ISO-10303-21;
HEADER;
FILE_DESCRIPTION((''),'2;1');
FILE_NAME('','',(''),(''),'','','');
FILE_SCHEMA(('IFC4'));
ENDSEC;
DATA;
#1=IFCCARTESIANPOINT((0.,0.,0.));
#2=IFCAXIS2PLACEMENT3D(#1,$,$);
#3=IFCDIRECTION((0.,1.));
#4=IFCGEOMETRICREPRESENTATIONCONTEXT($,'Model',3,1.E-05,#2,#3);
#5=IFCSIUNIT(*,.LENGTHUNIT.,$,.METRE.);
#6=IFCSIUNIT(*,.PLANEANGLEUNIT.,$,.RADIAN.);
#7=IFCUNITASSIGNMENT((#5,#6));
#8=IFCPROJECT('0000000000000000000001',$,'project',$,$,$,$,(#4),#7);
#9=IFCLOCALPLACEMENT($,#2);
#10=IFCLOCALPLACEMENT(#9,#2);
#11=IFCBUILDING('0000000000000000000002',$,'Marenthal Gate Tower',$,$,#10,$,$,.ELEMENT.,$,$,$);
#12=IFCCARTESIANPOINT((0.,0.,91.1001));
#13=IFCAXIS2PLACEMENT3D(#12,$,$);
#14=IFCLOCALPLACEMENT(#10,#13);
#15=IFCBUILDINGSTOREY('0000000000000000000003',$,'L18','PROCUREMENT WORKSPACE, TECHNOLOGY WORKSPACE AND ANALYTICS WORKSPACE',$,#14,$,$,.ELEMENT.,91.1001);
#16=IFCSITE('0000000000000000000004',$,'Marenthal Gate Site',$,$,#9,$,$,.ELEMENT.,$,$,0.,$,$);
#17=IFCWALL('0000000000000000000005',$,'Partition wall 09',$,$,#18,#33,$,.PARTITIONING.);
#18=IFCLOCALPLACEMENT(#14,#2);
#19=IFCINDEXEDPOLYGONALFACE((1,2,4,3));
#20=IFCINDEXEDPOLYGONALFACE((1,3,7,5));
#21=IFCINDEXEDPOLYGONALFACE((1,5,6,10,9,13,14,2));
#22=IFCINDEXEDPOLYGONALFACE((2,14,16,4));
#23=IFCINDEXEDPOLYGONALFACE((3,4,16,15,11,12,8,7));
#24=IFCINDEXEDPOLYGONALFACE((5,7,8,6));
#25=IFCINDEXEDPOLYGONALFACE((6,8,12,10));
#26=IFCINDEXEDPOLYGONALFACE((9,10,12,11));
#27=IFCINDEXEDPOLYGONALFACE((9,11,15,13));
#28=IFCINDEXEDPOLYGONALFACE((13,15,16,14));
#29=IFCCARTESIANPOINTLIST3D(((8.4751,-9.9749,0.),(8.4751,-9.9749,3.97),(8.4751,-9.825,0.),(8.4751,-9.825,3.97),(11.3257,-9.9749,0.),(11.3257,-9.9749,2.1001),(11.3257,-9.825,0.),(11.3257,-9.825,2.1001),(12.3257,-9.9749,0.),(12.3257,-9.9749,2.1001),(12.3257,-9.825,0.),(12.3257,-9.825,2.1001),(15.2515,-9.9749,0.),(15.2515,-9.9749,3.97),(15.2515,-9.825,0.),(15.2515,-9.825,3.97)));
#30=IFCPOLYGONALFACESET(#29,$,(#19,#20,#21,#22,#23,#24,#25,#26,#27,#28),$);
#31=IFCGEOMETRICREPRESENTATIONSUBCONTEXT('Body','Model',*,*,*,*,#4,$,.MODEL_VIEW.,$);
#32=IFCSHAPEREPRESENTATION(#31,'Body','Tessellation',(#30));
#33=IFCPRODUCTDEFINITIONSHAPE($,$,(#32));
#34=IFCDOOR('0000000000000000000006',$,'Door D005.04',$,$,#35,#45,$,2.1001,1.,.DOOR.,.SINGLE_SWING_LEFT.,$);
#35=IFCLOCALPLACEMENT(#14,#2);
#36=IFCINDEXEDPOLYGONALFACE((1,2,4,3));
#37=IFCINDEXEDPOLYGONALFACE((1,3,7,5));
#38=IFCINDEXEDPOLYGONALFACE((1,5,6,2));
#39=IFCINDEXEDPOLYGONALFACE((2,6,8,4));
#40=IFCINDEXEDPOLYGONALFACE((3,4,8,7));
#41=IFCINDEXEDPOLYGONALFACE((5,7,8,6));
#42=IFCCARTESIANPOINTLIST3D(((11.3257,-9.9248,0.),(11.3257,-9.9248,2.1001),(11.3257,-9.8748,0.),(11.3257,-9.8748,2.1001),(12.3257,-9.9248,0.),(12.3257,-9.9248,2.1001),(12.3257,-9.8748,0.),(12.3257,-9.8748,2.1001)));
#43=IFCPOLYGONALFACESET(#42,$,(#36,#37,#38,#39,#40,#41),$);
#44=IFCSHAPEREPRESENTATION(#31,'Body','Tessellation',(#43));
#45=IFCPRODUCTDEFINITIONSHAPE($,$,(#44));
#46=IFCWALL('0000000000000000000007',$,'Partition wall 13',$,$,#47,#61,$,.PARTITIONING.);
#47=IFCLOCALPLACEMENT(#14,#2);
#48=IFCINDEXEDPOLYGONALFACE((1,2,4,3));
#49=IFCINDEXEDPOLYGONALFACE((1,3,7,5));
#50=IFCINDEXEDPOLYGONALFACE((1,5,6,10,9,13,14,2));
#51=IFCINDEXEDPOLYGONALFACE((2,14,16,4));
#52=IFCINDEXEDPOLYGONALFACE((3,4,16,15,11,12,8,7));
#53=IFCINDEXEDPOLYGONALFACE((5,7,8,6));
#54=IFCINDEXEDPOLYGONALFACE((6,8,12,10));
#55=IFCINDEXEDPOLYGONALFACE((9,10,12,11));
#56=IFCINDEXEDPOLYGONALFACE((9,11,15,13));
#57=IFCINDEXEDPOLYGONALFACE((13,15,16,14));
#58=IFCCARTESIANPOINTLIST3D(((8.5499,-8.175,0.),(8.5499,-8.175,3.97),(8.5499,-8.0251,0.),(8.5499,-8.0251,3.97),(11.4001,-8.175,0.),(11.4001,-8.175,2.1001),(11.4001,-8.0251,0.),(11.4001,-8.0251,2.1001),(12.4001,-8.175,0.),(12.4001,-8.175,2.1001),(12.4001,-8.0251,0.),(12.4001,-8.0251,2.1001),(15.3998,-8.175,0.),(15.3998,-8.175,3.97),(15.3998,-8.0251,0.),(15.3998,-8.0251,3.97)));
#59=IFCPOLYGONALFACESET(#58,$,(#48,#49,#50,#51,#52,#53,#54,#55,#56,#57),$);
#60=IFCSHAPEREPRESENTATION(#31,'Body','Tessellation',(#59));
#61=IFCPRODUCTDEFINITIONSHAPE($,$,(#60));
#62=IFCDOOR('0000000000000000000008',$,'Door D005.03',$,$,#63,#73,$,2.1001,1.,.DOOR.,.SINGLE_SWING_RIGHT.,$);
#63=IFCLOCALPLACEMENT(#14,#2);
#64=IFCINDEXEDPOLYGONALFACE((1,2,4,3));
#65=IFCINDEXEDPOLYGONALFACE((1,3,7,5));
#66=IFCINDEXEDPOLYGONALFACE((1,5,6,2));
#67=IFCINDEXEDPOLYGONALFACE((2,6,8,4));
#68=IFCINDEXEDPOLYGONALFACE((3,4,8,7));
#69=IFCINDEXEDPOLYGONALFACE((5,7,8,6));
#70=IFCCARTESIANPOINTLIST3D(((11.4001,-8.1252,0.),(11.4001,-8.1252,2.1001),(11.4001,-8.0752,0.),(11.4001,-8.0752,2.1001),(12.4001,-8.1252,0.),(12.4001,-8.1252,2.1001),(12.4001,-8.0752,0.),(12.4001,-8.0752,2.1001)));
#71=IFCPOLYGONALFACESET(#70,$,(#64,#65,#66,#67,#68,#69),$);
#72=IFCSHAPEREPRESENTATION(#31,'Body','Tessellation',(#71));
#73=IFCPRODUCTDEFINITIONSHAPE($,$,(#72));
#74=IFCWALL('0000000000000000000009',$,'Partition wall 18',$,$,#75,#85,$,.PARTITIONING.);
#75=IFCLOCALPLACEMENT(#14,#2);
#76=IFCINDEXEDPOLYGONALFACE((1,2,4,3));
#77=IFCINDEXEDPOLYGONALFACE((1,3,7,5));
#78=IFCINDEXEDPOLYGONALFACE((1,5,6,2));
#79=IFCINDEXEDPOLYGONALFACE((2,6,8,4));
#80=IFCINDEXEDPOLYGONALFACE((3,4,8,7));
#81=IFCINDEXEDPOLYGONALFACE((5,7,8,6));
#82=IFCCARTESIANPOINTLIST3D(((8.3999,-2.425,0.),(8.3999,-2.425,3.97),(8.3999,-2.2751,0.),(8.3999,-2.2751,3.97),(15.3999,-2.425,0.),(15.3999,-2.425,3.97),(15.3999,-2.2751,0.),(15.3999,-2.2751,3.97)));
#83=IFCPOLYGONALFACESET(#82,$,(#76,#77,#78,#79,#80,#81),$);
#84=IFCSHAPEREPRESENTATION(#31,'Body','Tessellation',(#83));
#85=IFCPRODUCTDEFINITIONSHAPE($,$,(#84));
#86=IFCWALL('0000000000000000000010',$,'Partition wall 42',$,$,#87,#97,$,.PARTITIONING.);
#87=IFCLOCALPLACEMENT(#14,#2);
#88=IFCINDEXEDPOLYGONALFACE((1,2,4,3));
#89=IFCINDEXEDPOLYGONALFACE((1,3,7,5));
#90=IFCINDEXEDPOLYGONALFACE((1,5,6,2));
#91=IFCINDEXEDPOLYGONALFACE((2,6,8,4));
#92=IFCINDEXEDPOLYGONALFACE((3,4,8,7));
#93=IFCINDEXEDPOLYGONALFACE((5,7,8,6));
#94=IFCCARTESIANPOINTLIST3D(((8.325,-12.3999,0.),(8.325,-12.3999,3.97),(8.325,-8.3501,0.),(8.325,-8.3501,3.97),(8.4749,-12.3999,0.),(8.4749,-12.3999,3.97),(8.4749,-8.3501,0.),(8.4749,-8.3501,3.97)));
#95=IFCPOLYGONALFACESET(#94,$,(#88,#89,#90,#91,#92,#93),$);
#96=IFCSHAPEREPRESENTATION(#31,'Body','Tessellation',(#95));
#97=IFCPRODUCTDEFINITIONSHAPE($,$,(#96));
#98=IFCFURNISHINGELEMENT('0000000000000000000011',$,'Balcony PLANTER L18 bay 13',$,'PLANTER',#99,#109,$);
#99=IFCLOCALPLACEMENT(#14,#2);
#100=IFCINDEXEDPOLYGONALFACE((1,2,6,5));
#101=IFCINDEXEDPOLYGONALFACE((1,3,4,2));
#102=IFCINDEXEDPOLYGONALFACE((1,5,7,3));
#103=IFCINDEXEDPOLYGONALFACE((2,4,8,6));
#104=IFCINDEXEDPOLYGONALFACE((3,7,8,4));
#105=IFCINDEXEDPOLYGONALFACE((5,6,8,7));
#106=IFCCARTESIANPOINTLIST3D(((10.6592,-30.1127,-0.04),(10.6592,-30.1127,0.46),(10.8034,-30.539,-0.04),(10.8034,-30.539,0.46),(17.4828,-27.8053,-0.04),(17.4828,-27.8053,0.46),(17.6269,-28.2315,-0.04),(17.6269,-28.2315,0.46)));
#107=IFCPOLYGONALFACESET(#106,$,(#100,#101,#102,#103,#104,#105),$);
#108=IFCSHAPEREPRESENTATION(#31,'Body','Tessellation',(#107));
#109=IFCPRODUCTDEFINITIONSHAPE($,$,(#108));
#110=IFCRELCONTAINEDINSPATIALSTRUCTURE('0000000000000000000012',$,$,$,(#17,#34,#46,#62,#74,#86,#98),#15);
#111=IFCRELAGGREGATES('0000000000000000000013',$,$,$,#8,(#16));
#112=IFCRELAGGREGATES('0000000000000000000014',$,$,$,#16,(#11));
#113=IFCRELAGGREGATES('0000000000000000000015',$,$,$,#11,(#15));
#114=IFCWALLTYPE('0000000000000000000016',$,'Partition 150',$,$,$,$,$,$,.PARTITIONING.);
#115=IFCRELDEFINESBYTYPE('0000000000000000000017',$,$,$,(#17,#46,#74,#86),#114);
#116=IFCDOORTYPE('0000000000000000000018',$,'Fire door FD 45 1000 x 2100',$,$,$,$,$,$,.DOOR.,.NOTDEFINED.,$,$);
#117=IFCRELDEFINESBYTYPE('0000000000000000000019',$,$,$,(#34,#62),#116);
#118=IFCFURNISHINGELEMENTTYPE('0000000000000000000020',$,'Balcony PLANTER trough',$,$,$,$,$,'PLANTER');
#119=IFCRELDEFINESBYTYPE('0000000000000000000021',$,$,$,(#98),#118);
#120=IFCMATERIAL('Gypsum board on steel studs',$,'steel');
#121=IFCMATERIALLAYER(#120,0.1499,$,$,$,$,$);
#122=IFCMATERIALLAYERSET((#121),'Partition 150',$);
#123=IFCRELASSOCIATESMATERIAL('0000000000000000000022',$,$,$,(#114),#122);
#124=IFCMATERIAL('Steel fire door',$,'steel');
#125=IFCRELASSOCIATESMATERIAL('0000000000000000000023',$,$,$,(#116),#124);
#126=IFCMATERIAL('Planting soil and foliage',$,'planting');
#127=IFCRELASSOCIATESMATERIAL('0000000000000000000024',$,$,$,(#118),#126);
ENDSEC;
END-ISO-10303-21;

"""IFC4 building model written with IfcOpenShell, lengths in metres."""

from ifc_helpers import new_model, si_unit, direction, frame, frame_2d, origin, origin_2d, place, context, subcontext, project, spatial, rectangle, extrude, material, layer, layer_set, type_object, element, fill, save


model = new_model("IFC4")

# Units and contexts
model_context = context("Model", 3, precision=1e-05, world=origin(), true_north=direction((0.0, 1.0)))
body_context = subcontext(model_context, "Body", "Model", "MODEL_VIEW")
ifc_project = project(units=[si_unit("LENGTHUNIT", "METRE"), si_unit("PLANEANGLEUNIT", "RADIAN")], contexts=[model_context])

# Site, building, storey
site_placement = place(None, origin())
site = spatial("IfcSite", under=ifc_project, at=site_placement, Name="Marenthal Gate Site", CompositionType="ELEMENT", RefElevation=0.0)
building_placement = place(site_placement, origin())
building = spatial("IfcBuilding", under=site, at=building_placement, Name="Marenthal Gate Tower", CompositionType="ELEMENT")
storey_placement = place(building_placement, frame((0.0, 0.0, 91.1001)))
storey = spatial("IfcBuildingStorey", under=building, at=storey_placement, Name="L18", Description="PROCUREMENT WORKSPACE, TECHNOLOGY WORKSPACE AND ANALYTICS WORKSPACE", CompositionType="ELEMENT", Elevation=91.1001)

# Walls, openings, doors
ifc_material_1 = material(Name="Gypsum board on steel studs", Category="steel")
ifc_layer_1 = layer(ifc_material_1, 0.1499)
ifc_layer_set_1 = layer_set([ifc_layer_1], Name="Partition 150")
wall_type_1 = type_object("IfcWallType", Name="Partition 150", PredefinedType="PARTITIONING", material=ifc_layer_set_1)
wall_1_placement = place(storey_placement, frame((8.4751, -9.8999, 0.0), z_axis=(0.0, 0.0, 1.0), x_axis=(1.0, 0.0, 0.0)))
wall_1 = element("IfcWall", 1, at=wall_1_placement, inside=storey, type_object=wall_type_1, Name="Partition wall 09", PredefinedType="PARTITIONING", context=body_context, shape_type="SweptSolid", body=[
    extrude(rectangle(XDim=6.7764, YDim=0.1499, at=frame_2d((3.3882, 0.0))), origin(), (0.0, 0.0, 1.0), 3.97),
])
opening_1_placement = place(wall_1_placement, frame((2.8506, 0.0, 0.0)))
opening_1 = element("IfcOpeningElement", 2, at=opening_1_placement, cuts=wall_1, PredefinedType="OPENING", context=body_context, shape_type="SweptSolid", body=[
    extrude(rectangle(XDim=1.0, YDim=2.1001, at=frame_2d((0.5, 1.05))), frame((0.0, 0.085, 0.0), z_axis=(0.0, -1.0, 0.0), x_axis=(1.0, 0.0, 0.0)), (0.0, 0.0, 1.0), 0.1699),
])
ifc_material_2 = material(Name="Steel fire door", Category="steel")
door_type_1 = type_object("IfcDoorType", Name="Fire door FD 45 1000 x 2100", OperationType="NOTDEFINED", PredefinedType="DOOR", material=ifc_material_2)
door_1_placement = place(opening_1_placement, frame((1.0, 0.0, 0.0), z_axis=(0.0, 0.0, 1.0), x_axis=(-1.0, 0.0, 0.0)))
door_1 = element("IfcDoor", 3, at=door_1_placement, inside=storey, type_object=door_type_1, Name="Door D005.04", OperationType="SINGLE_SWING_LEFT", OverallHeight=2.1001, OverallWidth=1.0, PredefinedType="DOOR", context=body_context, shape_type="SweptSolid", body=[
    extrude(rectangle(XDim=1.0, YDim=2.1001, at=frame_2d((0.5, 1.05))), frame((0.0, 0.0249, 0.0), z_axis=(0.0, -1.0, 0.0), x_axis=(1.0, 0.0, 0.0)), (0.0, 0.0, 1.0), 0.05),
])
fill(opening_1, door_1)
wall_2_placement = place(storey_placement, frame((8.55, -8.1001, 0.0), z_axis=(0.0, 0.0, 1.0), x_axis=(1.0, 0.0, 0.0)))
wall_2 = element("IfcWall", 4, at=wall_2_placement, inside=storey, type_object=wall_type_1, Name="Partition wall 13", PredefinedType="PARTITIONING", context=body_context, shape_type="SweptSolid", body=[
    extrude(rectangle(XDim=6.8499, YDim=0.1499, at=frame_2d((3.4248, 0.0))), origin(), (0.0, 0.0, 1.0), 3.97),
])
opening_2_placement = place(wall_2_placement, frame((2.8501, 0.0, 0.0)))
opening_2 = element("IfcOpeningElement", 5, at=opening_2_placement, cuts=wall_2, PredefinedType="OPENING", context=body_context, shape_type="SweptSolid", body=[
    extrude(rectangle(XDim=1.0, YDim=2.1001, at=frame_2d((0.5, 1.05))), frame((0.0, 0.085, 0.0), z_axis=(0.0, -1.0, 0.0), x_axis=(1.0, 0.0, 0.0)), (0.0, 0.0, 1.0), 0.1699),
])
door_2_placement = place(opening_2_placement, origin())
door_2 = element("IfcDoor", 6, at=door_2_placement, inside=storey, type_object=door_type_1, Name="Door D005.03", OperationType="SINGLE_SWING_RIGHT", OverallHeight=2.1001, OverallWidth=1.0, PredefinedType="DOOR", context=body_context, shape_type="SweptSolid", body=[
    extrude(rectangle(XDim=1.0, YDim=2.1001, at=frame_2d((0.5, 1.05))), frame((0.0, 0.0249, 0.0), z_axis=(0.0, -1.0, 0.0), x_axis=(1.0, 0.0, 0.0)), (0.0, 0.0, 1.0), 0.05),
])
fill(opening_2, door_2)

# Walls
wall_3_placement = place(storey_placement, frame((8.3999, -2.3501, 0.0), z_axis=(0.0, 0.0, 1.0), x_axis=(1.0, 0.0, 0.0)))
element("IfcWall", 7, at=wall_3_placement, inside=storey, type_object=wall_type_1, Name="Partition wall 18", PredefinedType="PARTITIONING", context=body_context, shape_type="SweptSolid", body=[
    extrude(rectangle(XDim=7.0, YDim=0.1499, at=frame_2d((3.5, 0.0))), origin(), (0.0, 0.0, 1.0), 3.97),
])
wall_4_placement = place(storey_placement, frame((8.3999, -12.3999, 0.0), z_axis=(0.0, 0.0, 1.0), x_axis=(0.0, 1.0, 0.0)))
element("IfcWall", 8, at=wall_4_placement, inside=storey, type_object=wall_type_1, Name="Partition wall 42", PredefinedType="PARTITIONING", context=body_context, shape_type="SweptSolid", body=[
    extrude(rectangle(XDim=4.0498, YDim=0.1499, at=frame_2d((2.0249, 0.0))), origin(), (0.0, 0.0, 1.0), 3.97),
])

# Furnishing element
ifc_material_3 = material(Name="Planting soil and foliage", Category="planting")
furnishing_element_type = type_object("IfcFurnishingElementType", Name="Balcony PLANTER trough", ElementType="PLANTER", material=ifc_material_3)
furnishing_placement = place(storey_placement, frame((14.1431, -29.1721, -0.04), z_axis=(0.0, 0.0, 1.0), x_axis=(0.947302, 0.320343, 0.0)))
element("IfcFurnishingElement", 9, at=furnishing_placement, inside=storey, type_object=furnishing_element_type, Name="Balcony PLANTER L18 bay 13", ObjectType="PLANTER", context=body_context, shape_type="SweptSolid", body=[
    extrude(rectangle(XDim=7.2031, YDim=0.45, at=origin_2d()), origin(), (0.0, 0.0, 1.0), 0.5),
])

save(model, "model.ifc")
